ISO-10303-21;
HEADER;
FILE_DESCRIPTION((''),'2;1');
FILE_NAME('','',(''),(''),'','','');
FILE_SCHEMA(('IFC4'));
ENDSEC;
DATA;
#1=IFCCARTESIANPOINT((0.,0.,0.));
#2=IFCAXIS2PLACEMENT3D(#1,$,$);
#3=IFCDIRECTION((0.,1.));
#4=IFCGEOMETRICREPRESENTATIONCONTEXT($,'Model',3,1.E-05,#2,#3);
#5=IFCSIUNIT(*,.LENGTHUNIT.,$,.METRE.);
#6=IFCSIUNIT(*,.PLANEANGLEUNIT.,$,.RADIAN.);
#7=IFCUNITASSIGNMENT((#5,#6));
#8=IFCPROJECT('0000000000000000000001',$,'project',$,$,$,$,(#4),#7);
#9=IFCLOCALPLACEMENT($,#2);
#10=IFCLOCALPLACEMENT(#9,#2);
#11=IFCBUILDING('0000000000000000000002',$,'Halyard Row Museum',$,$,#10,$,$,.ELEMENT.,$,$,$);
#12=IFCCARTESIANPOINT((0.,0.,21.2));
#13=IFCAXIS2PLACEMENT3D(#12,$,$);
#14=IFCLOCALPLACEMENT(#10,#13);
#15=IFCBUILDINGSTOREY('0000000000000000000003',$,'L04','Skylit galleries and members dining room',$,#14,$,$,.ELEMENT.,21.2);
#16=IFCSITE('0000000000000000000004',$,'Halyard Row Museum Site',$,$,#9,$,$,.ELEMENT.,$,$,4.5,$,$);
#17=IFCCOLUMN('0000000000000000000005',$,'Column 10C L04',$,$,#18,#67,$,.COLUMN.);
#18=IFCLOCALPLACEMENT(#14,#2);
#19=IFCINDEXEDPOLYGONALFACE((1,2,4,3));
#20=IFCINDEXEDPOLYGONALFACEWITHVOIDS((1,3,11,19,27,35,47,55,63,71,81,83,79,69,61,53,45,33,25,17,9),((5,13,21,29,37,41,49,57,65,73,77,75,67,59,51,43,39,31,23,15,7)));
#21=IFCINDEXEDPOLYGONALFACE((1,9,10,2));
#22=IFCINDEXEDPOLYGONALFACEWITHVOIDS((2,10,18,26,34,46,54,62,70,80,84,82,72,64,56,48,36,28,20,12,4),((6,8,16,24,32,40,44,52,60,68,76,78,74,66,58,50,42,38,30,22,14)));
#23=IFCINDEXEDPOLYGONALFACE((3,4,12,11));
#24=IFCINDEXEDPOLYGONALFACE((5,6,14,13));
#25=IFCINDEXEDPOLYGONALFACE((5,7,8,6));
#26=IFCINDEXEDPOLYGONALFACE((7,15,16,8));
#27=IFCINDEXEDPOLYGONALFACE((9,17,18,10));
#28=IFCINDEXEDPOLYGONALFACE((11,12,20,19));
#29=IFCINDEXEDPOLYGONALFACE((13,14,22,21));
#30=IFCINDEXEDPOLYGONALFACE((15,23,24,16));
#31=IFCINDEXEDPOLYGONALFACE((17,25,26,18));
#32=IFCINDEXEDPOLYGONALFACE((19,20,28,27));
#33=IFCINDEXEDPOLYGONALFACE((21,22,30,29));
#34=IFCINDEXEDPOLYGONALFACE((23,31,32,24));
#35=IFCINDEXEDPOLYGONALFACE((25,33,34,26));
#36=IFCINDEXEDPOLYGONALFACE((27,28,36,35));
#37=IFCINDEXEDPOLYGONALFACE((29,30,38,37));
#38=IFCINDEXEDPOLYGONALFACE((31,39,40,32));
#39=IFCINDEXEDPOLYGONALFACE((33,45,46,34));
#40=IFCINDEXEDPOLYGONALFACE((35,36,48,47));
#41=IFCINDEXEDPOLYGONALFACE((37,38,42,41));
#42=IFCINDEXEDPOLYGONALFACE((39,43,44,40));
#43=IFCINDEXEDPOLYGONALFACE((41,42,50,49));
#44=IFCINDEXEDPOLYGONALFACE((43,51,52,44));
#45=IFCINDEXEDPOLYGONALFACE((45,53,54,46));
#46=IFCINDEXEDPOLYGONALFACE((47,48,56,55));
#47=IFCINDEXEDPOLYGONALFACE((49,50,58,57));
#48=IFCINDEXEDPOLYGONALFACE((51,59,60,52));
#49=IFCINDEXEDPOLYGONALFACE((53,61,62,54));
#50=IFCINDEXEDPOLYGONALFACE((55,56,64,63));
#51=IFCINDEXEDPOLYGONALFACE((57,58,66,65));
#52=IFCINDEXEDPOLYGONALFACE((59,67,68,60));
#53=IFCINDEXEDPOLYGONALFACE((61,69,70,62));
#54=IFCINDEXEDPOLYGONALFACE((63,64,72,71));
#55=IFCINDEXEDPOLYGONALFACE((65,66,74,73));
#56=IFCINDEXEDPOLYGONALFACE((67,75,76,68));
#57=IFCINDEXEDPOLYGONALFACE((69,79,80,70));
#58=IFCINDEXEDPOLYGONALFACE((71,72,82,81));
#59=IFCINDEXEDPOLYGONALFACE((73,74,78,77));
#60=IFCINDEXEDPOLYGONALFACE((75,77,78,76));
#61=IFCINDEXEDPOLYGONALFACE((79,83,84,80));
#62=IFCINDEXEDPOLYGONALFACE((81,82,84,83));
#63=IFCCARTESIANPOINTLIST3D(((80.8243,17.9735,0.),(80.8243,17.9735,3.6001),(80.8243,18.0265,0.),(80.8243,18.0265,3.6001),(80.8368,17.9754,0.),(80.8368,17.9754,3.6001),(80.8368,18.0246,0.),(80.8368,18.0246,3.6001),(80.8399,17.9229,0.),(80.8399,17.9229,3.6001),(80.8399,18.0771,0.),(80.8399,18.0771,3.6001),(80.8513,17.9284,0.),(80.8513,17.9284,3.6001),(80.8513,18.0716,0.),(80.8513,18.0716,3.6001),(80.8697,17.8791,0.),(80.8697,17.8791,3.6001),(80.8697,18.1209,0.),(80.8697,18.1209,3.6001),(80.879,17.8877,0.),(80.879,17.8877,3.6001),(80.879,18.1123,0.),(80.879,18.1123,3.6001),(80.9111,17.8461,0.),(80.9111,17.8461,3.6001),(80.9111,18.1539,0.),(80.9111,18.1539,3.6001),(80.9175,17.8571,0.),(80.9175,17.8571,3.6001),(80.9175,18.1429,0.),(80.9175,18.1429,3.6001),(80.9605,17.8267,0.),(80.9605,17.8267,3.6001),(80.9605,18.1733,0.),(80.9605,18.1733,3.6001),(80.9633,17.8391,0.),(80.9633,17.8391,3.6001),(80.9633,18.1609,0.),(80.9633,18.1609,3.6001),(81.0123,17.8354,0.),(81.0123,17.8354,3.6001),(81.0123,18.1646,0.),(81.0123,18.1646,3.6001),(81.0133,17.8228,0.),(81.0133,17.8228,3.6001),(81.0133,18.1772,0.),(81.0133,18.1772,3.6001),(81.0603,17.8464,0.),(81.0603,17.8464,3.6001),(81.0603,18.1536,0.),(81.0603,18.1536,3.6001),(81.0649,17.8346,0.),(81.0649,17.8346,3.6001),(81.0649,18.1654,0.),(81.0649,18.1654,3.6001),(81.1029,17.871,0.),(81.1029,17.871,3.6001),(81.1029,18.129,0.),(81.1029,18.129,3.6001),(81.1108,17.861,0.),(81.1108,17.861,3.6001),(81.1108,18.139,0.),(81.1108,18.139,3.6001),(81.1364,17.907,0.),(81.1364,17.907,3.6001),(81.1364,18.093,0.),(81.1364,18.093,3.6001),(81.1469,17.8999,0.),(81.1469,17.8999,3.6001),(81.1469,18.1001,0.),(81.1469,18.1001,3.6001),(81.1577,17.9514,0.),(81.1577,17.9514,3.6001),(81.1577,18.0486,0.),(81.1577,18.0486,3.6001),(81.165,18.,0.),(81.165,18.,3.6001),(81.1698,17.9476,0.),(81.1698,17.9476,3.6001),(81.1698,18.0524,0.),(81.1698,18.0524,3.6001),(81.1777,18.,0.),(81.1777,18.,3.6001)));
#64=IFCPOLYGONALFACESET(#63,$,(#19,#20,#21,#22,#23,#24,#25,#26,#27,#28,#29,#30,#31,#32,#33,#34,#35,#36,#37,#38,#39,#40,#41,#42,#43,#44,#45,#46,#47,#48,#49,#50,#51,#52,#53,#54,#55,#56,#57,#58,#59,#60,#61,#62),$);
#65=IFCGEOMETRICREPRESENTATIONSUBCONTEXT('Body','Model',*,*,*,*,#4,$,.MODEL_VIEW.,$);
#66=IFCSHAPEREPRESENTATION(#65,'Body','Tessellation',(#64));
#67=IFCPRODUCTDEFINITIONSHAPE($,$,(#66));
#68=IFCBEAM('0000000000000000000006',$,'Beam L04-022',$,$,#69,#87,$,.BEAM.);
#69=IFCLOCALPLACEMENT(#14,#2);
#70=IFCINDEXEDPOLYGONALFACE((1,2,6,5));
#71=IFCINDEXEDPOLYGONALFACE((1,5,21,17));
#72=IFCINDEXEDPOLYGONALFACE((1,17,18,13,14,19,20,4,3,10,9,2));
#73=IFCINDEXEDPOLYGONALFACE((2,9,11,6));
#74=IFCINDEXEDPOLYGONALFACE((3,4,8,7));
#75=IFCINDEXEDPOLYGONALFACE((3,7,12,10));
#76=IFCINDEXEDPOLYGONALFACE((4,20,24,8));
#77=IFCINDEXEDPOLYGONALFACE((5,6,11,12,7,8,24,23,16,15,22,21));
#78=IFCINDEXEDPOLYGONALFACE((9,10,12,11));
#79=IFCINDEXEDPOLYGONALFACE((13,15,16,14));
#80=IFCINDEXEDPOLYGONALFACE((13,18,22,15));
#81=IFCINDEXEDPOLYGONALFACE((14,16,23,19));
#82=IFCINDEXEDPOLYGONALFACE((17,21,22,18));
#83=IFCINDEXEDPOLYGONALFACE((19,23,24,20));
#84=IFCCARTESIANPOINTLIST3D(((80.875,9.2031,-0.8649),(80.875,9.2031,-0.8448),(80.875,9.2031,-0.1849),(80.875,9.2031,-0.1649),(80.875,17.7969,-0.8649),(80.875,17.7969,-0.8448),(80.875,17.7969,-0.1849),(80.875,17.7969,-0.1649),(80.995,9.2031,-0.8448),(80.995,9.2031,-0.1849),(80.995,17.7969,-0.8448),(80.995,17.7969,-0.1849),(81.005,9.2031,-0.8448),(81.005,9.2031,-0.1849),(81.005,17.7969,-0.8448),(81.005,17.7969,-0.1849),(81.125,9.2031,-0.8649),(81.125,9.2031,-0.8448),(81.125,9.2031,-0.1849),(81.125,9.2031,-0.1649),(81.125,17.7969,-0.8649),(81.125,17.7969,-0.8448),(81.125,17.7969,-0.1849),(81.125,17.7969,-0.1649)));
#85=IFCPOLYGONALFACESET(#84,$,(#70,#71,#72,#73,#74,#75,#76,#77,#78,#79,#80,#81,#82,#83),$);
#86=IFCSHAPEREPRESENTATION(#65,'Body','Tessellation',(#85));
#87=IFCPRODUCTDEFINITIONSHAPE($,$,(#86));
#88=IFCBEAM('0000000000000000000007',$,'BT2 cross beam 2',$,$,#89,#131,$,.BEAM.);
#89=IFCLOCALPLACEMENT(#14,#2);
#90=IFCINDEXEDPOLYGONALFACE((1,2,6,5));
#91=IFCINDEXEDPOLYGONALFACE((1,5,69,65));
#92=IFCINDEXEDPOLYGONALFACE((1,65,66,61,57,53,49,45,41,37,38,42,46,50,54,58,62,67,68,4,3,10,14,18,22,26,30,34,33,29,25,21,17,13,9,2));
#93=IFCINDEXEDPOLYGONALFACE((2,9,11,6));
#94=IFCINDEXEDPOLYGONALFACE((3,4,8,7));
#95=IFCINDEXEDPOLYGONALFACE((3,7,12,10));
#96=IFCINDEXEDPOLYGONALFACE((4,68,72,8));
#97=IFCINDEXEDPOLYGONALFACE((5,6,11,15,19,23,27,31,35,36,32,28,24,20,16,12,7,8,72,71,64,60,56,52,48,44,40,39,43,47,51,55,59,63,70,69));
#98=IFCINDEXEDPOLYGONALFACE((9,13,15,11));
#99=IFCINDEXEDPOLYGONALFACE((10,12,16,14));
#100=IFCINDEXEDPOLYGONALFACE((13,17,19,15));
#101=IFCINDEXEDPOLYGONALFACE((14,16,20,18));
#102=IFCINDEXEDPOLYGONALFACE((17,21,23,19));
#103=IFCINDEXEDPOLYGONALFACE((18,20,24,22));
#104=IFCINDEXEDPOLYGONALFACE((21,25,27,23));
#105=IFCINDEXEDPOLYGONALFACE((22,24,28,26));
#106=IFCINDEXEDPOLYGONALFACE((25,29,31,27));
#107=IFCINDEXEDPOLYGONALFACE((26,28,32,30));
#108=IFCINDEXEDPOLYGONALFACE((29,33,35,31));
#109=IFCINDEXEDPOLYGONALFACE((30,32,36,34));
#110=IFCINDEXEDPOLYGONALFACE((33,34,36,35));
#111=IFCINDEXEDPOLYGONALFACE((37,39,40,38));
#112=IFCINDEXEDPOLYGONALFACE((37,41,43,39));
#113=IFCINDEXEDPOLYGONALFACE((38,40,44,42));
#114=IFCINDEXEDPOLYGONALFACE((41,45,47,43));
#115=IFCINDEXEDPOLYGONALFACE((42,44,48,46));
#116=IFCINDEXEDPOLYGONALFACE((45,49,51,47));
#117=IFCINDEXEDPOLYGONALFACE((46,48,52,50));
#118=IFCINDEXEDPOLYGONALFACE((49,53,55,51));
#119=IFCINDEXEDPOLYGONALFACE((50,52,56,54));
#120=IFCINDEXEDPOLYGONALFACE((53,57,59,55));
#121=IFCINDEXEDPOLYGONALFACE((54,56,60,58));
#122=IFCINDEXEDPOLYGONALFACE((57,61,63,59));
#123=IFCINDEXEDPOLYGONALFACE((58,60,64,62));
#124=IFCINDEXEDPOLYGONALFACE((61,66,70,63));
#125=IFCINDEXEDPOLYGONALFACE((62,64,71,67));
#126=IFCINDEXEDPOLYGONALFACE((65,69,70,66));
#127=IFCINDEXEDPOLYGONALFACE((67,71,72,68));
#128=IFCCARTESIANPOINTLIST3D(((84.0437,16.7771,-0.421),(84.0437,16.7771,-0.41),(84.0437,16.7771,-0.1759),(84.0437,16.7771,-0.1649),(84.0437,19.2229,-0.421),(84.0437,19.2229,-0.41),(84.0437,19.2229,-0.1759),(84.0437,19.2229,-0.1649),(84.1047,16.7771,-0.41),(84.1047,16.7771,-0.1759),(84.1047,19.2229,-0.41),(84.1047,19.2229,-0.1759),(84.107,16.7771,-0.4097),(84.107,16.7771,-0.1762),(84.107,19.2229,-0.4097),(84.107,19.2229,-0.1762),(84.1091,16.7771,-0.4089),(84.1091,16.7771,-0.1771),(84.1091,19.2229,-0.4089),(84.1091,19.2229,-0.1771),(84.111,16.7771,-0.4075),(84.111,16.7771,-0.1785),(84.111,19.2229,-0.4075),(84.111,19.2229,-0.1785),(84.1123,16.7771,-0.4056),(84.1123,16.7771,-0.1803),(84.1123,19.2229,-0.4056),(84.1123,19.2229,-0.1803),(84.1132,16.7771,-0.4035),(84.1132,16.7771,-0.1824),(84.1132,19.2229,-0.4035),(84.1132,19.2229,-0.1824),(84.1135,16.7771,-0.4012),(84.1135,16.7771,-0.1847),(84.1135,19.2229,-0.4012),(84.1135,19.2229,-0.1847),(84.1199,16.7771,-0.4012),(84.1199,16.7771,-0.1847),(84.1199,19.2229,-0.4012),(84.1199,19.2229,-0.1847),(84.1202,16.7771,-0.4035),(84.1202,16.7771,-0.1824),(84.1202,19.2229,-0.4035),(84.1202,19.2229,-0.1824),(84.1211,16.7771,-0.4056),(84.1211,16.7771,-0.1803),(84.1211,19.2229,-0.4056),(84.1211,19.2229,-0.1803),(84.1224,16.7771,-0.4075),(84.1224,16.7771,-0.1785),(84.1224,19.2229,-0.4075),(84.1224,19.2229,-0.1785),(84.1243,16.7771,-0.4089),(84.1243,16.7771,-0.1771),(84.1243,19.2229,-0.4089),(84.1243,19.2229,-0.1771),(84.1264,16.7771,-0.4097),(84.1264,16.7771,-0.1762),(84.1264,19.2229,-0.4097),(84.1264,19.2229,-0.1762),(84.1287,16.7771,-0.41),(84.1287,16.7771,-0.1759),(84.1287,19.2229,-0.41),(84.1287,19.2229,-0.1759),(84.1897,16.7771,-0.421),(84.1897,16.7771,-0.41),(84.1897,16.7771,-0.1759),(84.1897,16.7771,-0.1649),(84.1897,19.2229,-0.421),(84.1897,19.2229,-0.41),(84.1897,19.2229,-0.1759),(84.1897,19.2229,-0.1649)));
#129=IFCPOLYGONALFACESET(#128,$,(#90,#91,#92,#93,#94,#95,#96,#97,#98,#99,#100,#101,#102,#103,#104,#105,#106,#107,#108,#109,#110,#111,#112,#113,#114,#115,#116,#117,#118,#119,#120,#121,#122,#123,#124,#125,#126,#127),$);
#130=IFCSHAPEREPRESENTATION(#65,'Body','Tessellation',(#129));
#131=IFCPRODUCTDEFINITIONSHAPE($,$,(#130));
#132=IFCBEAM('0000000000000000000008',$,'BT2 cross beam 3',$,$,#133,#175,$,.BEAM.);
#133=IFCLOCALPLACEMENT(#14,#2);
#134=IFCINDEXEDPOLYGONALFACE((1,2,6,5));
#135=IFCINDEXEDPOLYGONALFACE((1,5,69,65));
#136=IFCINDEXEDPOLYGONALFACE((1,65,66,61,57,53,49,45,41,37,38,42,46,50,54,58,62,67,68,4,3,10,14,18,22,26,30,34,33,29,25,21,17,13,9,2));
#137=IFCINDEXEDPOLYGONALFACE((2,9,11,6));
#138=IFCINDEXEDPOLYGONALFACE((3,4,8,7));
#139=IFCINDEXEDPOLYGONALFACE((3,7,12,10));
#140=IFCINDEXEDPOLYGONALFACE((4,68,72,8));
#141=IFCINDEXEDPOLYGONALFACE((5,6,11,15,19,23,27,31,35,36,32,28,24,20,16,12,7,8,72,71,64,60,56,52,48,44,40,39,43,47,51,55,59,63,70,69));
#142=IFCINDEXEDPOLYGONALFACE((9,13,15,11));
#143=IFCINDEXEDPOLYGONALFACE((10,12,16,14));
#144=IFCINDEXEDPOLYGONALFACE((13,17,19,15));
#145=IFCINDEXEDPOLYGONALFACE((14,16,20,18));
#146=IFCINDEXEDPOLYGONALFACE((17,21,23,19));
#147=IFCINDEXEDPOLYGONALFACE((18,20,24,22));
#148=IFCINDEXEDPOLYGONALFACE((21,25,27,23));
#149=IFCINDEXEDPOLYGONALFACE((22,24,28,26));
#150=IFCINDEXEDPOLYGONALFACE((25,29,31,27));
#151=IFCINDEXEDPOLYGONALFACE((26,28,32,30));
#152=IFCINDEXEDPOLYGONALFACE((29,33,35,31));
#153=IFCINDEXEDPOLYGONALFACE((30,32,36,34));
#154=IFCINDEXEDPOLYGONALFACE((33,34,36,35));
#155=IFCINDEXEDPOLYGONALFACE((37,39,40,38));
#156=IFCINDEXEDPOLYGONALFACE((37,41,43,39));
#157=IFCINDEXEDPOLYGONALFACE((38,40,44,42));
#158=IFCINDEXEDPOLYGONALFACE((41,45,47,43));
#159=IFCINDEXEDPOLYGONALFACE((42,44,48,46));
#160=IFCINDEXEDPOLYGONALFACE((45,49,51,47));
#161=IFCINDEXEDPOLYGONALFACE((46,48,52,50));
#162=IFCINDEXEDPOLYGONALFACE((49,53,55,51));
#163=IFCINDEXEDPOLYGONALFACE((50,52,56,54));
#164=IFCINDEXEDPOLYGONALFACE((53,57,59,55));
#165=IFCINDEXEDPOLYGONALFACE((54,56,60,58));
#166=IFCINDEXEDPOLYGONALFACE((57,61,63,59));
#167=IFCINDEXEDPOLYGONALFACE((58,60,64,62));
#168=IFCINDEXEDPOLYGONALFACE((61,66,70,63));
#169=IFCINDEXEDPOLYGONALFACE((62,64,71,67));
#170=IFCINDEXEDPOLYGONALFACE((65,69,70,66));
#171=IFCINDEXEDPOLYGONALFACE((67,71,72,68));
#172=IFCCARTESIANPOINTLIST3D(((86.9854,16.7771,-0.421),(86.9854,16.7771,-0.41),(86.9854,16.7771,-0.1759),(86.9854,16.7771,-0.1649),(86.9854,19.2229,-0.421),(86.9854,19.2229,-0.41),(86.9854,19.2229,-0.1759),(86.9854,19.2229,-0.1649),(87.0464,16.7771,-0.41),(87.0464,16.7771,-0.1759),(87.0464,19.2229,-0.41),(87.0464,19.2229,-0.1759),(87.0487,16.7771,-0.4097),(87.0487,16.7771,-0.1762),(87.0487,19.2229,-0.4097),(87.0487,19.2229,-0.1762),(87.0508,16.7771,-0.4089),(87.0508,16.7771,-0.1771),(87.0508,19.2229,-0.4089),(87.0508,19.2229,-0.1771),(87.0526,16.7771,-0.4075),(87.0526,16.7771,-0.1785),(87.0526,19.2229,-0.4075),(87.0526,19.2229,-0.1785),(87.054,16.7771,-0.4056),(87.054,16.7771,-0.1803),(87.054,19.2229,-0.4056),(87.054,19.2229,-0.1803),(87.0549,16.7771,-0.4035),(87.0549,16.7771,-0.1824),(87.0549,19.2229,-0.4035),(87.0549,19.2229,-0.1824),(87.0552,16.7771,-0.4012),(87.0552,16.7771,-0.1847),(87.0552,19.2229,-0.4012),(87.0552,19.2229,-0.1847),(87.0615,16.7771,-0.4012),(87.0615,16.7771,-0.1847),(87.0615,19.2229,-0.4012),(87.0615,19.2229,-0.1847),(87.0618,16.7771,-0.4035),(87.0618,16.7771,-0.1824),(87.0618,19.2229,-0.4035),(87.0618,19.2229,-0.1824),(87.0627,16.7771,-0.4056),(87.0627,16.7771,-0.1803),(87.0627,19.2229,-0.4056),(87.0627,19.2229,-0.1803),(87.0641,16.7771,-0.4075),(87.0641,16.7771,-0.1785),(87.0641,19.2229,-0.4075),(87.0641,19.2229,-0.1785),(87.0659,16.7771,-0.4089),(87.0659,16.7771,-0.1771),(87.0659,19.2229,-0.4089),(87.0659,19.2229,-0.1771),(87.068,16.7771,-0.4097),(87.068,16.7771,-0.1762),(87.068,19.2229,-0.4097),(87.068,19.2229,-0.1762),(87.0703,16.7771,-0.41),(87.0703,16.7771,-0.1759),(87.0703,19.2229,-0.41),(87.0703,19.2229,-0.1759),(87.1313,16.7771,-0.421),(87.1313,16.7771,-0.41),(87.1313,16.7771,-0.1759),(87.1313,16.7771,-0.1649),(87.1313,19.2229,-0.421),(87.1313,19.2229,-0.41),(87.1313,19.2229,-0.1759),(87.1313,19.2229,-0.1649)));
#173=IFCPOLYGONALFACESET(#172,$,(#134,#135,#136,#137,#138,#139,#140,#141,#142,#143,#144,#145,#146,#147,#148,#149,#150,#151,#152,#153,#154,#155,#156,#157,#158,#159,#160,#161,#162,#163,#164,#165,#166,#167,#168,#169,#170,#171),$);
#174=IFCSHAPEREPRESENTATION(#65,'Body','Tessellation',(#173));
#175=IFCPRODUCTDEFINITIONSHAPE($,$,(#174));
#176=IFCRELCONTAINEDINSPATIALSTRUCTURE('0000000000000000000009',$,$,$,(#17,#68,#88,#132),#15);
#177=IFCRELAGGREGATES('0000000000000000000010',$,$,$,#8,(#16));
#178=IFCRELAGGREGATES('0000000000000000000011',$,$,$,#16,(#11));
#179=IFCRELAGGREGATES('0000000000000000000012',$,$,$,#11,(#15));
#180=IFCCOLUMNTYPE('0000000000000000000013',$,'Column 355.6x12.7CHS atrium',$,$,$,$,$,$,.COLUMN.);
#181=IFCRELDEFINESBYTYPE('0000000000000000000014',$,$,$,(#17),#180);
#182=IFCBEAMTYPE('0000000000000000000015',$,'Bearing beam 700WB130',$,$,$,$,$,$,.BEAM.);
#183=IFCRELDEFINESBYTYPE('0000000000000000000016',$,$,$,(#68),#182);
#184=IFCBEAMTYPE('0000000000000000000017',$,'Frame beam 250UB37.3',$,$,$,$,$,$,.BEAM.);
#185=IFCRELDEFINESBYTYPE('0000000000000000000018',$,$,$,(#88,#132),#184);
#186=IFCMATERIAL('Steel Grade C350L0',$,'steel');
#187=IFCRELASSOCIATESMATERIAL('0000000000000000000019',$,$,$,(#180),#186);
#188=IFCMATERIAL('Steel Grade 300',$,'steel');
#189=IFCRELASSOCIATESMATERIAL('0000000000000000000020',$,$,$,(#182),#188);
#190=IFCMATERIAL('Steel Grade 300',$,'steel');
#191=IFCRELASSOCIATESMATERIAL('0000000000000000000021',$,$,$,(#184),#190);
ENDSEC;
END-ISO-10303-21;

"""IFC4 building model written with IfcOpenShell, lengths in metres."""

from ifc_helpers import new_model, si_unit, direction, frame, origin, origin_2d, place, context, subcontext, project, spatial, hollow_circle, i_section, extrude, material, material_profile, profile_set, type_object, element, save


model = new_model("IFC4")

# Units and contexts
model_context = context("Model", 3, precision=1e-05, world=origin(), true_north=direction((0.0, 1.0)))
body_context = subcontext(model_context, "Body", "Model", "MODEL_VIEW")
ifc_project = project(units=[si_unit("LENGTHUNIT", "METRE"), si_unit("PLANEANGLEUNIT", "RADIAN")], contexts=[model_context])

# Site, building, storey
site_placement = place(None, origin())
site = spatial("IfcSite", under=ifc_project, at=site_placement, Name="Halyard Row Museum Site", CompositionType="ELEMENT", RefElevation=4.5)
building_placement = place(site_placement, origin())
building = spatial("IfcBuilding", under=site, at=building_placement, Name="Halyard Row Museum", CompositionType="ELEMENT")
storey_placement = place(building_placement, frame((0.0, 0.0, 21.2)))
storey = spatial("IfcBuildingStorey", under=building, at=storey_placement, Name="L04", Description="Skylit galleries and members dining room", CompositionType="ELEMENT", Elevation=21.2)

# Column
ifc_material_1 = material(Name="Steel Grade C350L0", Category="steel")
ifc_material_profile_1 = material_profile(ifc_material_1, hollow_circle(Radius=0.1777, WallThickness=0.0127, at=origin_2d()), Name="355.6x12.7CHS")
ifc_profile_set_1 = profile_set([ifc_material_profile_1], Name="Steel Grade C350L0")
column_type = type_object("IfcColumnType", Name="Column 355.6x12.7CHS atrium", PredefinedType="COLUMN", material=ifc_profile_set_1)
column_placement = place(storey_placement, frame((81.0, 18.0, 0.0), z_axis=(0.0, 0.0, 1.0), x_axis=(1.0, 0.0, 0.0)))
element("IfcColumn", 1, at=column_placement, inside=storey, type_object=column_type, Name="Column 10C L04", PredefinedType="COLUMN", context=body_context, shape_type="SweptSolid", body=[
    extrude(hollow_circle(Radius=0.1777, WallThickness=0.0127, at=origin_2d()), origin(), (0.0, 0.0, 1.0), 3.6001),
])

# Beams
ifc_material_2 = material(Name="Steel Grade 300", Category="steel")
ifc_material_profile_2 = material_profile(ifc_material_2, i_section(OverallWidth=0.25, OverallDepth=0.7, WebThickness=0.01, FlangeThickness=0.02, at=origin_2d()), Name="700WB130")
ifc_profile_set_2 = profile_set([ifc_material_profile_2], Name="Steel Grade 300")
beam_type_1 = type_object("IfcBeamType", Name="Bearing beam 700WB130", PredefinedType="BEAM", material=ifc_profile_set_2)
beam_1_placement = place(storey_placement, frame((81.0, 9.2031, -0.5149), z_axis=(0.0, 1.0, 0.0), x_axis=(-1.0, 0.0, 0.0)))
element("IfcBeam", 2, at=beam_1_placement, inside=storey, type_object=beam_type_1, Name="Beam L04-022", PredefinedType="BEAM", context=body_context, shape_type="SweptSolid", body=[
    extrude(i_section(OverallWidth=0.25, OverallDepth=0.7, WebThickness=0.01, FlangeThickness=0.02, at=origin_2d()), origin(), (0.0, 0.0, 1.0), 8.5938),
])
ifc_material_3 = material(Name="Steel Grade 300", Category="steel")
ifc_material_profile_3 = material_profile(ifc_material_3, i_section(OverallWidth=0.146, OverallDepth=0.2561, WebThickness=0.0063, FlangeThickness=0.011, FilletRadius=0.0088, at=origin_2d()), Name="250UB37.3")
ifc_profile_set_3 = profile_set([ifc_material_profile_3], Name="Steel Grade 300")
beam_type_2 = type_object("IfcBeamType", Name="Frame beam 250UB37.3", PredefinedType="BEAM", material=ifc_profile_set_3)
for number, where, z_axis, x_axis, name in (
    (3, (84.1167, 16.7771, -0.293), (0.0, 1.0, 0.0), (-1.0, 0.0, 0.0), "BT2 cross beam 2"),
    (4, (87.0583, 16.7771, -0.293), (0.0, 1.0, 0.0), (-1.0, 0.0, 0.0), "BT2 cross beam 3"),
):
    element("IfcBeam", number, at=place(storey_placement, frame(where, z_axis=z_axis, x_axis=x_axis)), inside=storey, type_object=beam_type_2, Name=name, PredefinedType="BEAM", context=body_context, shape_type="SweptSolid", body=[
        extrude(i_section(OverallWidth=0.146, OverallDepth=0.2561, WebThickness=0.0063, FlangeThickness=0.011, FilletRadius=0.0088, at=origin_2d()), origin(), (0.0, 0.0, 1.0), 2.4458),
    ])

save(model, "model.ifc")
